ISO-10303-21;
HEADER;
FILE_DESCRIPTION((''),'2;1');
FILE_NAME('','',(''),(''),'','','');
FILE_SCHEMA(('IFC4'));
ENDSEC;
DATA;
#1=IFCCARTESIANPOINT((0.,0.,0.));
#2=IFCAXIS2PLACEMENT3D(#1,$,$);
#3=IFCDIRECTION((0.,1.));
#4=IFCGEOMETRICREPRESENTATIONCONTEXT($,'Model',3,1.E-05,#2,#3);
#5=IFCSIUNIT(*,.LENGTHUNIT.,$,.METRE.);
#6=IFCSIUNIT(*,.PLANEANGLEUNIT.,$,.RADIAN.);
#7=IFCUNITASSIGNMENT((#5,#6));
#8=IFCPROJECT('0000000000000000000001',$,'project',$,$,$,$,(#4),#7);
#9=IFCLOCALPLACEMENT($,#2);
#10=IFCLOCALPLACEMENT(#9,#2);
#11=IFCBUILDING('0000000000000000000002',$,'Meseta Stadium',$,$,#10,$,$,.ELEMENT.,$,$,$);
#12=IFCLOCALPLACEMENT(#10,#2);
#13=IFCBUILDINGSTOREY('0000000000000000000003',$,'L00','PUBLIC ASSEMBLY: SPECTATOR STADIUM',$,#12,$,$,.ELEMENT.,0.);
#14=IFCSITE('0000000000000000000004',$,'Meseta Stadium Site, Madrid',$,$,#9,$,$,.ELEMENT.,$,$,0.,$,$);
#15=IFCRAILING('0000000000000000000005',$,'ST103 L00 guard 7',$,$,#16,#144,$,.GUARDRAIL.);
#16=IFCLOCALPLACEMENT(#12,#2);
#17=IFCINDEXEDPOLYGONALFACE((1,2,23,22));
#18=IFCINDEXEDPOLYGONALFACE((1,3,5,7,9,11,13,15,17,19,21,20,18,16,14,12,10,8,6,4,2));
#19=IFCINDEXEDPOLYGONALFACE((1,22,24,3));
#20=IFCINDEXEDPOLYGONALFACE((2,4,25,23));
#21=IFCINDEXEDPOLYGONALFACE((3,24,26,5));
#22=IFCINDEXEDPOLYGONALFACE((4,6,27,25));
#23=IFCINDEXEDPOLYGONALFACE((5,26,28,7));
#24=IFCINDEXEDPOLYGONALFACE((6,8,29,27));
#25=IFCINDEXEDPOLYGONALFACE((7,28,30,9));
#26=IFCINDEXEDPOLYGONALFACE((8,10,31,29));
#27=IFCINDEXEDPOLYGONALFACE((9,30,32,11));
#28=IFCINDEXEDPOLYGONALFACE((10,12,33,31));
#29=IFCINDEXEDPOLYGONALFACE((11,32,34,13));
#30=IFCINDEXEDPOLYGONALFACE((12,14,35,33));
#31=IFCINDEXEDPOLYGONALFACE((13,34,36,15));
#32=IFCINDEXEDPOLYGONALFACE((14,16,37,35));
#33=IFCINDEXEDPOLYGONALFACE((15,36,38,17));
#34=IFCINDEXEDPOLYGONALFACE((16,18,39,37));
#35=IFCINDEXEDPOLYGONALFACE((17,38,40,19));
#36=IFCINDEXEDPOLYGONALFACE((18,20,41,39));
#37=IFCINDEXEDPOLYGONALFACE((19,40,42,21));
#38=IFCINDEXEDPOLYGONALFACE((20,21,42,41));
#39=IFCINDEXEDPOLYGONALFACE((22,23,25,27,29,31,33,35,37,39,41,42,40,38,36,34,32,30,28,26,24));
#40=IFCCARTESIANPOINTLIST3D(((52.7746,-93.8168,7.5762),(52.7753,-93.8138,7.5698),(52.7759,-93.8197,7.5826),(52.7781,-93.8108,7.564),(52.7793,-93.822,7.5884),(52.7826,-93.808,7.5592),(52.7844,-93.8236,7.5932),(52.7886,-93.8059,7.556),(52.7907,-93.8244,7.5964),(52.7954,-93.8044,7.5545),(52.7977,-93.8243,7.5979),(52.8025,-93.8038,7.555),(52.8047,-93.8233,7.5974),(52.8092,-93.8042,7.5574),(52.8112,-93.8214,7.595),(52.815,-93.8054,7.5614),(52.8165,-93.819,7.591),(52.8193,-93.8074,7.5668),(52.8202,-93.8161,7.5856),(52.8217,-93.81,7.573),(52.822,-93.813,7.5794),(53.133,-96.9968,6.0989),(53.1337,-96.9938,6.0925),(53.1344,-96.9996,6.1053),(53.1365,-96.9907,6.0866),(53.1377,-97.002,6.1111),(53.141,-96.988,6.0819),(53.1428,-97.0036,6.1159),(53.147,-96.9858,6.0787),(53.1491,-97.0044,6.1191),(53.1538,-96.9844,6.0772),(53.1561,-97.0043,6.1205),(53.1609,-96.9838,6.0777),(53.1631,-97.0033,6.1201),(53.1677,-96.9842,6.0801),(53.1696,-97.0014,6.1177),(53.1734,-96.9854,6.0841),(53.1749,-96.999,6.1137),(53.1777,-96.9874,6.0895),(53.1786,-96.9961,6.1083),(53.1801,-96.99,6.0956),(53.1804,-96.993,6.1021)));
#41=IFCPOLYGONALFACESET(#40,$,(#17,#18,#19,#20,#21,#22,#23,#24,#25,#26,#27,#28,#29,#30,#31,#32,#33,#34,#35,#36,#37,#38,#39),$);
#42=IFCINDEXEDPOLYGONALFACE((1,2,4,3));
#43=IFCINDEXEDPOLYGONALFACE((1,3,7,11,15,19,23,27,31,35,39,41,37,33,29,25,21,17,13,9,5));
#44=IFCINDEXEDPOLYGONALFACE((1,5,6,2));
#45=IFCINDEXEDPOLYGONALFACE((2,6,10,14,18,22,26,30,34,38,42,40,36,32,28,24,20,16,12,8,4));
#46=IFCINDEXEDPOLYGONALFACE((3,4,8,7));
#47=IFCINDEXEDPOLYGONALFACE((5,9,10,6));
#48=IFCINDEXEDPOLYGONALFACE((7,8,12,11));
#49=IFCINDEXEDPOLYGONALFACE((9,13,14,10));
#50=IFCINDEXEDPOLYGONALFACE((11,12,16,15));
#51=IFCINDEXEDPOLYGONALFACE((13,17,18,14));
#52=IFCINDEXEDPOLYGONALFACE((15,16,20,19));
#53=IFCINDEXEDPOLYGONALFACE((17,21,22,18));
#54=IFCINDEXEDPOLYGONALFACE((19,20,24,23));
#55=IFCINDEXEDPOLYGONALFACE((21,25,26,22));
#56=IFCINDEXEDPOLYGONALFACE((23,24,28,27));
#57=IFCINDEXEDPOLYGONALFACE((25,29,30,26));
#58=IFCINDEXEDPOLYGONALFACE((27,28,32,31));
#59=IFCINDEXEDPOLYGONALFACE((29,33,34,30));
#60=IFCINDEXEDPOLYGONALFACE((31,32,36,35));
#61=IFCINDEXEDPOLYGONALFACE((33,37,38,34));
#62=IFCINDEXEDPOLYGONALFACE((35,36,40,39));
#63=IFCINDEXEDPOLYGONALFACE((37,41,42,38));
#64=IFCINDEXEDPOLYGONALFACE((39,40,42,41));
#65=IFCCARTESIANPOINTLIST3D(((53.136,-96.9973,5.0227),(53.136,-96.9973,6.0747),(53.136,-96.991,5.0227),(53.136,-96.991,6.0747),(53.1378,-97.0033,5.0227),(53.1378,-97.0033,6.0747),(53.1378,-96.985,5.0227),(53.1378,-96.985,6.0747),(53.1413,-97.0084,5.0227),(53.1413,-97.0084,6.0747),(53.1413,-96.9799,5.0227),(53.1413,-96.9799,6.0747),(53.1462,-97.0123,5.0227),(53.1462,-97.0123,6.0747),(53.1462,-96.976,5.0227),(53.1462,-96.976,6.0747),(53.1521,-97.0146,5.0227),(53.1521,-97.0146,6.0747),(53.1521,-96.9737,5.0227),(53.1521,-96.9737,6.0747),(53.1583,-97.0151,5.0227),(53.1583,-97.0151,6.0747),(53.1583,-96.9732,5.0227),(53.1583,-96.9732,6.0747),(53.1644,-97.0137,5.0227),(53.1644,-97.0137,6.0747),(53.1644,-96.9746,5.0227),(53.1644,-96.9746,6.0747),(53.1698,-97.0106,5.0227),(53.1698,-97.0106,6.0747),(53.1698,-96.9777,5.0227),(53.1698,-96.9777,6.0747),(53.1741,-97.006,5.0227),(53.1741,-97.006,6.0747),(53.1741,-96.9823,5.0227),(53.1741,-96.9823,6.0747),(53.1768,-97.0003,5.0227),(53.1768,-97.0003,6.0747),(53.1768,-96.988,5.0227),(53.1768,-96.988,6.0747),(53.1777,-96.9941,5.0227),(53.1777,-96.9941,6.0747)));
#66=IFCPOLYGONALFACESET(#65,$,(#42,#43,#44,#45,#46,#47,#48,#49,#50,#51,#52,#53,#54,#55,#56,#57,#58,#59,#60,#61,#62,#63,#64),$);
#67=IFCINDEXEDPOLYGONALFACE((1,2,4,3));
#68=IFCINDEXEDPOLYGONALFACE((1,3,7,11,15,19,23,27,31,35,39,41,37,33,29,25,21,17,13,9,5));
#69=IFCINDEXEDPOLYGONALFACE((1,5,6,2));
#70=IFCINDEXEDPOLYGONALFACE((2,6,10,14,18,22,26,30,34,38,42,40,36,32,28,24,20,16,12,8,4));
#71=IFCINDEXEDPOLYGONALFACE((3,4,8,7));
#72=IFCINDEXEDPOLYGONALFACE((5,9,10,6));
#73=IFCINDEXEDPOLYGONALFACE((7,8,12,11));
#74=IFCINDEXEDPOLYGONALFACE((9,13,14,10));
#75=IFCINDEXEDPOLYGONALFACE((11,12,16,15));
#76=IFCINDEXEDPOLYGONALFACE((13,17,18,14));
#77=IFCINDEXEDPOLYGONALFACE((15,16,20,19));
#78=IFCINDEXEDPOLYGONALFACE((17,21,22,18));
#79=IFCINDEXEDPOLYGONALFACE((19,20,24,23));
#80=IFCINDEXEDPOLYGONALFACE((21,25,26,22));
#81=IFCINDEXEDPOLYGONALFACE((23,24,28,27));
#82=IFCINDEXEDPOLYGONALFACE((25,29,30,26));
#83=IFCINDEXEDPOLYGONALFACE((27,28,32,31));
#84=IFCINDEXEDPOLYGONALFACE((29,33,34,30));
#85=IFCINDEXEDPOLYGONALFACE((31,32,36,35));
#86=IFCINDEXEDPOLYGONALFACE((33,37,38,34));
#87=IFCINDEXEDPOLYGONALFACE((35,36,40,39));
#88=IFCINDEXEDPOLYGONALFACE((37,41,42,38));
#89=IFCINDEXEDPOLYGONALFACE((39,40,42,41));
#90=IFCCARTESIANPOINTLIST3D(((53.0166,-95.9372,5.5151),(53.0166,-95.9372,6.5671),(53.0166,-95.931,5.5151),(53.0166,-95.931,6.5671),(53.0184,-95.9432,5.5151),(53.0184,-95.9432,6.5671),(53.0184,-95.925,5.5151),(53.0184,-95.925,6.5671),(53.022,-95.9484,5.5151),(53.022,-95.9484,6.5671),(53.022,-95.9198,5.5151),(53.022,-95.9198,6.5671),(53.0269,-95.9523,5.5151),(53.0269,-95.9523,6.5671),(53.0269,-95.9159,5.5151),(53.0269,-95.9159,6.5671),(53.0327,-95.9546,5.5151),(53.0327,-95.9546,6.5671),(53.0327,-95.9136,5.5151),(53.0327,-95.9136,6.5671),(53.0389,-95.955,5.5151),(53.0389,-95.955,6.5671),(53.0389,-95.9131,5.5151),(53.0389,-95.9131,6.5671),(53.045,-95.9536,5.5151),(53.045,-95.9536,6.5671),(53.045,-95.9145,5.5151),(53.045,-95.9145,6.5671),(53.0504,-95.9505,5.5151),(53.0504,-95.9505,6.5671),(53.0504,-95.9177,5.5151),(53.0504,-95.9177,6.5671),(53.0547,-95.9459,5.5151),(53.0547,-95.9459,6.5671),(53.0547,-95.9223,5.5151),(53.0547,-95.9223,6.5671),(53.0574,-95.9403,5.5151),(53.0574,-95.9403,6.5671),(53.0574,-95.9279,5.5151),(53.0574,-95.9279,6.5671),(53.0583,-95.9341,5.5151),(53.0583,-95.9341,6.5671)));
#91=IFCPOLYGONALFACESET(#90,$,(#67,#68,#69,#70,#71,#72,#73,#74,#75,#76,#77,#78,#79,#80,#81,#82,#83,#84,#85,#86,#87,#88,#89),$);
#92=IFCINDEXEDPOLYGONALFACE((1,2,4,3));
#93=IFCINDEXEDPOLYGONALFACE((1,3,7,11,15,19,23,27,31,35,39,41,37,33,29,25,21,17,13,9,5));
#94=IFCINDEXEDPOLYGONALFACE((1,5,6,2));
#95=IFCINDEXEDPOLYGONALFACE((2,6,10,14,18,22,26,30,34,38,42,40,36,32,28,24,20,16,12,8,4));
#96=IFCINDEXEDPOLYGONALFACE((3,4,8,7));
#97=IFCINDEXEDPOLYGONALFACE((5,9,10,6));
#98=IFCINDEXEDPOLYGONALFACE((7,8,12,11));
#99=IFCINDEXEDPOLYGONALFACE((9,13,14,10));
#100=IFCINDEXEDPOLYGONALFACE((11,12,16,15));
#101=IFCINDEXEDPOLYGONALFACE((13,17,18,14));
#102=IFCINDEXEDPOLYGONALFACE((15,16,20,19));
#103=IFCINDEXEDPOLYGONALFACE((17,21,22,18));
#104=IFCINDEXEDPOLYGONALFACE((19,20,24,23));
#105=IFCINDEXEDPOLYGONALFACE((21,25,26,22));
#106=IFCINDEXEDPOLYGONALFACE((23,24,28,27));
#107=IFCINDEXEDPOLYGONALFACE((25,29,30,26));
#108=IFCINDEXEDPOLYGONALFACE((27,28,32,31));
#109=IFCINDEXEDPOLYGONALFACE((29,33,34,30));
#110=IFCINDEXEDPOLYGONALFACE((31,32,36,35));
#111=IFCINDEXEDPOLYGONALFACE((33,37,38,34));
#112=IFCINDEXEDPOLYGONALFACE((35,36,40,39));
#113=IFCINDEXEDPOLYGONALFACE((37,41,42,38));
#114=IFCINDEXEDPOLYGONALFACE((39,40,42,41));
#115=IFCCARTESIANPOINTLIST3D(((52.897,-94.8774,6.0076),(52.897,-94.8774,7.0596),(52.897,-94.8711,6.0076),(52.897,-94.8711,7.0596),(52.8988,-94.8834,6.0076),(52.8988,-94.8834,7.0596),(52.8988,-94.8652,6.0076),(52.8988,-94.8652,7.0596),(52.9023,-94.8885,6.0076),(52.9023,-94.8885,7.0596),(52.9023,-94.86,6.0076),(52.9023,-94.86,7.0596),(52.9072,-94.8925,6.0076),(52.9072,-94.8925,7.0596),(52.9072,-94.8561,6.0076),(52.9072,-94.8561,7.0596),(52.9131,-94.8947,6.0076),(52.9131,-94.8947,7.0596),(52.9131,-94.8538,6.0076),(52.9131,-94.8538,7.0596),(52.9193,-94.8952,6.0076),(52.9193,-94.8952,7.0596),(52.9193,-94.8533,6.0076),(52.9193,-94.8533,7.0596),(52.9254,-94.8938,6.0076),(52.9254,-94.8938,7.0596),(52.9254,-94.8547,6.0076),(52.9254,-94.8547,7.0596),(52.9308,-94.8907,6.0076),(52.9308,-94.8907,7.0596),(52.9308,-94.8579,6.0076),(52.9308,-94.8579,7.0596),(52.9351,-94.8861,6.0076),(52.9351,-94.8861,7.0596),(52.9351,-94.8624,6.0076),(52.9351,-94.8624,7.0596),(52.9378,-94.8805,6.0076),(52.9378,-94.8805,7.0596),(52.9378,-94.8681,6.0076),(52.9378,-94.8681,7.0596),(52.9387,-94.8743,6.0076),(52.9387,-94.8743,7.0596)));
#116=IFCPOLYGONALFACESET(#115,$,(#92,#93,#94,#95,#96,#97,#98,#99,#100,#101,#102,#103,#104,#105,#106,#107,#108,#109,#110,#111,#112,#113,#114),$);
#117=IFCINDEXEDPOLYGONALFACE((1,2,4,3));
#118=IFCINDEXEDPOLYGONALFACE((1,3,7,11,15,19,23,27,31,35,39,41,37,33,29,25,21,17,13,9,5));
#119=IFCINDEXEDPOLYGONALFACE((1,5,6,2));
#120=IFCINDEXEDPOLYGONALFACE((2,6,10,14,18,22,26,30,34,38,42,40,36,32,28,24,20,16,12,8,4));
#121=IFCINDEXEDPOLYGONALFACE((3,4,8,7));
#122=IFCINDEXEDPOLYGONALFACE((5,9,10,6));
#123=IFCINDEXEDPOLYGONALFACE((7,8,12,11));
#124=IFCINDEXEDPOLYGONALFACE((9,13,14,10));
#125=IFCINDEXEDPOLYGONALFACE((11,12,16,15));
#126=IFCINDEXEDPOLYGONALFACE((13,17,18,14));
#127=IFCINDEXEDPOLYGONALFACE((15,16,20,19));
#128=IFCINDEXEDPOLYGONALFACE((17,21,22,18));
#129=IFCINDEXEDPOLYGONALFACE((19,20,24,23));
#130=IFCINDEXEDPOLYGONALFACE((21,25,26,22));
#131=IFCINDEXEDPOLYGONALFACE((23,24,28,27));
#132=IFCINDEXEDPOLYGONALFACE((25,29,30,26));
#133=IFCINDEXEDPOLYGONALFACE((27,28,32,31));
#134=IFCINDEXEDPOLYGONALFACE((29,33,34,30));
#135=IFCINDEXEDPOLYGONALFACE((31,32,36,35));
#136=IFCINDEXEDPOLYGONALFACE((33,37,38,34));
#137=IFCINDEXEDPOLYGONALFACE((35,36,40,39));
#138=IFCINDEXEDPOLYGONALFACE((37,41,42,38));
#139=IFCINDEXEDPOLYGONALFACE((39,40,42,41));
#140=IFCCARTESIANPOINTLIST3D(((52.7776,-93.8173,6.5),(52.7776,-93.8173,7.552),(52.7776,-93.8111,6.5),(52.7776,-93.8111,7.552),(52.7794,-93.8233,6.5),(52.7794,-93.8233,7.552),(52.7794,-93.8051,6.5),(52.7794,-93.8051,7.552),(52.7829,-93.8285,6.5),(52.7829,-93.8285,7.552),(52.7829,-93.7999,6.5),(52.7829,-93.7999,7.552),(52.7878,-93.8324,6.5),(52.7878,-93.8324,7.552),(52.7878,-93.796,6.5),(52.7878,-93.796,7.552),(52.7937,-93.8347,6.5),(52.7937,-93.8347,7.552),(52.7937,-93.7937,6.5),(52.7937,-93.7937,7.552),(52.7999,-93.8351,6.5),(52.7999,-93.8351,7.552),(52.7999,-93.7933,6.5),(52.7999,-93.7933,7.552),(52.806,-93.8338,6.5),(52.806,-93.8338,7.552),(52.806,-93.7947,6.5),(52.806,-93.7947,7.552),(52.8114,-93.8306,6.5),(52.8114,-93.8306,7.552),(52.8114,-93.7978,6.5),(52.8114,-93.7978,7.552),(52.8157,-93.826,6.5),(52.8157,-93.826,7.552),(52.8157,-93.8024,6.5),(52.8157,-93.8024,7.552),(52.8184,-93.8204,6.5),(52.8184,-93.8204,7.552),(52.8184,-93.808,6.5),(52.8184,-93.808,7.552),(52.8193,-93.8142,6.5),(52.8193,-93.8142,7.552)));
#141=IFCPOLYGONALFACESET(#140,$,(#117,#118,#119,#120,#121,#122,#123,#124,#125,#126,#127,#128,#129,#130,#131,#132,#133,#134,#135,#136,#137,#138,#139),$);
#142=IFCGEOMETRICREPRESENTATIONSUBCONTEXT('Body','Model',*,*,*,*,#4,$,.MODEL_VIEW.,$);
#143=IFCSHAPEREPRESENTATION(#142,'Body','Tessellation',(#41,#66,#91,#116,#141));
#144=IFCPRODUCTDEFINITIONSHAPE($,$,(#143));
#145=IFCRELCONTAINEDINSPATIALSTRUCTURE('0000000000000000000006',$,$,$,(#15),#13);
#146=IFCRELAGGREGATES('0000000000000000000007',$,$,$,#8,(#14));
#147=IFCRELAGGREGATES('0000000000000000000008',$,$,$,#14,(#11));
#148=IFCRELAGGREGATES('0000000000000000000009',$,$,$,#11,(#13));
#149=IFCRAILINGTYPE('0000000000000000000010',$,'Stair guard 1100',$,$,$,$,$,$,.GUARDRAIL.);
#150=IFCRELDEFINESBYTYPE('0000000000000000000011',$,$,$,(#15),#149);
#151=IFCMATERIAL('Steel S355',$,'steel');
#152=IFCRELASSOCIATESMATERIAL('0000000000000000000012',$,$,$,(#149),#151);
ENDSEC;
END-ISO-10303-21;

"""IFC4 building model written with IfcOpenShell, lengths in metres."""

from ifc_helpers import new_model, si_unit, direction, frame, origin, origin_2d, place, context, subcontext, project, spatial, circle, extrude, material, type_object, element, save


model = new_model("IFC4")

# Units and contexts
model_context = context("Model", 3, precision=1e-05, world=origin(), true_north=direction((0.0, 1.0)))
body_context = subcontext(model_context, "Body", "Model", "MODEL_VIEW")
ifc_project = project(units=[si_unit("LENGTHUNIT", "METRE"), si_unit("PLANEANGLEUNIT", "RADIAN")], contexts=[model_context])

# Site, building, storey
site_placement = place(None, origin())
site = spatial("IfcSite", under=ifc_project, at=site_placement, Name="Meseta Stadium Site, Madrid", CompositionType="ELEMENT", RefElevation=0.0)
building_placement = place(site_placement, origin())
building = spatial("IfcBuilding", under=site, at=building_placement, Name="Meseta Stadium", CompositionType="ELEMENT")
storey_placement = place(building_placement, origin())
storey = spatial("IfcBuildingStorey", under=building, at=storey_placement, Name="L00", Description="PUBLIC ASSEMBLY: SPECTATOR STADIUM", CompositionType="ELEMENT", Elevation=0.0)

# Railing
ifc_material_1 = material(Name="Steel S355", Category="steel")
railing_type_1 = type_object("IfcRailingType", Name="Stair guard 1100", PredefinedType="GUARDRAIL", material=ifc_material_1)
for number, where, name in (
    (1, (53.1567, -96.9941, 5.0227), "ST103 L00 guard 7"),
):
    element("IfcRailing", number, at=place(storey_placement, frame(where)), inside=storey, type_object=railing_type_1, Name=name, PredefinedType="GUARDRAIL", context=body_context, shape_type="SweptSolid", body=[
        extrude(circle(Radius=0.0239, at=origin_2d()), frame((0.0, 0.0, 1.0762), z_axis=(-0.101685, 0.90221, 0.419138), x_axis=(-0.993709, -0.111997, 0.0)), (0.0, 0.0, 1.0), 3.5247),
        extrude(circle(Radius=0.021, at=origin_2d()), origin(), (0.0, 0.0, 1.0), 1.052),
        extrude(circle(Radius=0.021, at=origin_2d()), frame((-0.1194, 1.0601, 0.4924)), (0.0, 0.0, 1.0), 1.052),
        extrude(circle(Radius=0.021, at=origin_2d()), frame((-0.239, 2.1199, 0.9849)), (0.0, 0.0, 1.0), 1.052),
        extrude(circle(Radius=0.021, at=origin_2d()), frame((-0.3584, 3.1799, 1.4773)), (0.0, 0.0, 1.0), 1.052),
    ])

save(model, "model.ifc")
